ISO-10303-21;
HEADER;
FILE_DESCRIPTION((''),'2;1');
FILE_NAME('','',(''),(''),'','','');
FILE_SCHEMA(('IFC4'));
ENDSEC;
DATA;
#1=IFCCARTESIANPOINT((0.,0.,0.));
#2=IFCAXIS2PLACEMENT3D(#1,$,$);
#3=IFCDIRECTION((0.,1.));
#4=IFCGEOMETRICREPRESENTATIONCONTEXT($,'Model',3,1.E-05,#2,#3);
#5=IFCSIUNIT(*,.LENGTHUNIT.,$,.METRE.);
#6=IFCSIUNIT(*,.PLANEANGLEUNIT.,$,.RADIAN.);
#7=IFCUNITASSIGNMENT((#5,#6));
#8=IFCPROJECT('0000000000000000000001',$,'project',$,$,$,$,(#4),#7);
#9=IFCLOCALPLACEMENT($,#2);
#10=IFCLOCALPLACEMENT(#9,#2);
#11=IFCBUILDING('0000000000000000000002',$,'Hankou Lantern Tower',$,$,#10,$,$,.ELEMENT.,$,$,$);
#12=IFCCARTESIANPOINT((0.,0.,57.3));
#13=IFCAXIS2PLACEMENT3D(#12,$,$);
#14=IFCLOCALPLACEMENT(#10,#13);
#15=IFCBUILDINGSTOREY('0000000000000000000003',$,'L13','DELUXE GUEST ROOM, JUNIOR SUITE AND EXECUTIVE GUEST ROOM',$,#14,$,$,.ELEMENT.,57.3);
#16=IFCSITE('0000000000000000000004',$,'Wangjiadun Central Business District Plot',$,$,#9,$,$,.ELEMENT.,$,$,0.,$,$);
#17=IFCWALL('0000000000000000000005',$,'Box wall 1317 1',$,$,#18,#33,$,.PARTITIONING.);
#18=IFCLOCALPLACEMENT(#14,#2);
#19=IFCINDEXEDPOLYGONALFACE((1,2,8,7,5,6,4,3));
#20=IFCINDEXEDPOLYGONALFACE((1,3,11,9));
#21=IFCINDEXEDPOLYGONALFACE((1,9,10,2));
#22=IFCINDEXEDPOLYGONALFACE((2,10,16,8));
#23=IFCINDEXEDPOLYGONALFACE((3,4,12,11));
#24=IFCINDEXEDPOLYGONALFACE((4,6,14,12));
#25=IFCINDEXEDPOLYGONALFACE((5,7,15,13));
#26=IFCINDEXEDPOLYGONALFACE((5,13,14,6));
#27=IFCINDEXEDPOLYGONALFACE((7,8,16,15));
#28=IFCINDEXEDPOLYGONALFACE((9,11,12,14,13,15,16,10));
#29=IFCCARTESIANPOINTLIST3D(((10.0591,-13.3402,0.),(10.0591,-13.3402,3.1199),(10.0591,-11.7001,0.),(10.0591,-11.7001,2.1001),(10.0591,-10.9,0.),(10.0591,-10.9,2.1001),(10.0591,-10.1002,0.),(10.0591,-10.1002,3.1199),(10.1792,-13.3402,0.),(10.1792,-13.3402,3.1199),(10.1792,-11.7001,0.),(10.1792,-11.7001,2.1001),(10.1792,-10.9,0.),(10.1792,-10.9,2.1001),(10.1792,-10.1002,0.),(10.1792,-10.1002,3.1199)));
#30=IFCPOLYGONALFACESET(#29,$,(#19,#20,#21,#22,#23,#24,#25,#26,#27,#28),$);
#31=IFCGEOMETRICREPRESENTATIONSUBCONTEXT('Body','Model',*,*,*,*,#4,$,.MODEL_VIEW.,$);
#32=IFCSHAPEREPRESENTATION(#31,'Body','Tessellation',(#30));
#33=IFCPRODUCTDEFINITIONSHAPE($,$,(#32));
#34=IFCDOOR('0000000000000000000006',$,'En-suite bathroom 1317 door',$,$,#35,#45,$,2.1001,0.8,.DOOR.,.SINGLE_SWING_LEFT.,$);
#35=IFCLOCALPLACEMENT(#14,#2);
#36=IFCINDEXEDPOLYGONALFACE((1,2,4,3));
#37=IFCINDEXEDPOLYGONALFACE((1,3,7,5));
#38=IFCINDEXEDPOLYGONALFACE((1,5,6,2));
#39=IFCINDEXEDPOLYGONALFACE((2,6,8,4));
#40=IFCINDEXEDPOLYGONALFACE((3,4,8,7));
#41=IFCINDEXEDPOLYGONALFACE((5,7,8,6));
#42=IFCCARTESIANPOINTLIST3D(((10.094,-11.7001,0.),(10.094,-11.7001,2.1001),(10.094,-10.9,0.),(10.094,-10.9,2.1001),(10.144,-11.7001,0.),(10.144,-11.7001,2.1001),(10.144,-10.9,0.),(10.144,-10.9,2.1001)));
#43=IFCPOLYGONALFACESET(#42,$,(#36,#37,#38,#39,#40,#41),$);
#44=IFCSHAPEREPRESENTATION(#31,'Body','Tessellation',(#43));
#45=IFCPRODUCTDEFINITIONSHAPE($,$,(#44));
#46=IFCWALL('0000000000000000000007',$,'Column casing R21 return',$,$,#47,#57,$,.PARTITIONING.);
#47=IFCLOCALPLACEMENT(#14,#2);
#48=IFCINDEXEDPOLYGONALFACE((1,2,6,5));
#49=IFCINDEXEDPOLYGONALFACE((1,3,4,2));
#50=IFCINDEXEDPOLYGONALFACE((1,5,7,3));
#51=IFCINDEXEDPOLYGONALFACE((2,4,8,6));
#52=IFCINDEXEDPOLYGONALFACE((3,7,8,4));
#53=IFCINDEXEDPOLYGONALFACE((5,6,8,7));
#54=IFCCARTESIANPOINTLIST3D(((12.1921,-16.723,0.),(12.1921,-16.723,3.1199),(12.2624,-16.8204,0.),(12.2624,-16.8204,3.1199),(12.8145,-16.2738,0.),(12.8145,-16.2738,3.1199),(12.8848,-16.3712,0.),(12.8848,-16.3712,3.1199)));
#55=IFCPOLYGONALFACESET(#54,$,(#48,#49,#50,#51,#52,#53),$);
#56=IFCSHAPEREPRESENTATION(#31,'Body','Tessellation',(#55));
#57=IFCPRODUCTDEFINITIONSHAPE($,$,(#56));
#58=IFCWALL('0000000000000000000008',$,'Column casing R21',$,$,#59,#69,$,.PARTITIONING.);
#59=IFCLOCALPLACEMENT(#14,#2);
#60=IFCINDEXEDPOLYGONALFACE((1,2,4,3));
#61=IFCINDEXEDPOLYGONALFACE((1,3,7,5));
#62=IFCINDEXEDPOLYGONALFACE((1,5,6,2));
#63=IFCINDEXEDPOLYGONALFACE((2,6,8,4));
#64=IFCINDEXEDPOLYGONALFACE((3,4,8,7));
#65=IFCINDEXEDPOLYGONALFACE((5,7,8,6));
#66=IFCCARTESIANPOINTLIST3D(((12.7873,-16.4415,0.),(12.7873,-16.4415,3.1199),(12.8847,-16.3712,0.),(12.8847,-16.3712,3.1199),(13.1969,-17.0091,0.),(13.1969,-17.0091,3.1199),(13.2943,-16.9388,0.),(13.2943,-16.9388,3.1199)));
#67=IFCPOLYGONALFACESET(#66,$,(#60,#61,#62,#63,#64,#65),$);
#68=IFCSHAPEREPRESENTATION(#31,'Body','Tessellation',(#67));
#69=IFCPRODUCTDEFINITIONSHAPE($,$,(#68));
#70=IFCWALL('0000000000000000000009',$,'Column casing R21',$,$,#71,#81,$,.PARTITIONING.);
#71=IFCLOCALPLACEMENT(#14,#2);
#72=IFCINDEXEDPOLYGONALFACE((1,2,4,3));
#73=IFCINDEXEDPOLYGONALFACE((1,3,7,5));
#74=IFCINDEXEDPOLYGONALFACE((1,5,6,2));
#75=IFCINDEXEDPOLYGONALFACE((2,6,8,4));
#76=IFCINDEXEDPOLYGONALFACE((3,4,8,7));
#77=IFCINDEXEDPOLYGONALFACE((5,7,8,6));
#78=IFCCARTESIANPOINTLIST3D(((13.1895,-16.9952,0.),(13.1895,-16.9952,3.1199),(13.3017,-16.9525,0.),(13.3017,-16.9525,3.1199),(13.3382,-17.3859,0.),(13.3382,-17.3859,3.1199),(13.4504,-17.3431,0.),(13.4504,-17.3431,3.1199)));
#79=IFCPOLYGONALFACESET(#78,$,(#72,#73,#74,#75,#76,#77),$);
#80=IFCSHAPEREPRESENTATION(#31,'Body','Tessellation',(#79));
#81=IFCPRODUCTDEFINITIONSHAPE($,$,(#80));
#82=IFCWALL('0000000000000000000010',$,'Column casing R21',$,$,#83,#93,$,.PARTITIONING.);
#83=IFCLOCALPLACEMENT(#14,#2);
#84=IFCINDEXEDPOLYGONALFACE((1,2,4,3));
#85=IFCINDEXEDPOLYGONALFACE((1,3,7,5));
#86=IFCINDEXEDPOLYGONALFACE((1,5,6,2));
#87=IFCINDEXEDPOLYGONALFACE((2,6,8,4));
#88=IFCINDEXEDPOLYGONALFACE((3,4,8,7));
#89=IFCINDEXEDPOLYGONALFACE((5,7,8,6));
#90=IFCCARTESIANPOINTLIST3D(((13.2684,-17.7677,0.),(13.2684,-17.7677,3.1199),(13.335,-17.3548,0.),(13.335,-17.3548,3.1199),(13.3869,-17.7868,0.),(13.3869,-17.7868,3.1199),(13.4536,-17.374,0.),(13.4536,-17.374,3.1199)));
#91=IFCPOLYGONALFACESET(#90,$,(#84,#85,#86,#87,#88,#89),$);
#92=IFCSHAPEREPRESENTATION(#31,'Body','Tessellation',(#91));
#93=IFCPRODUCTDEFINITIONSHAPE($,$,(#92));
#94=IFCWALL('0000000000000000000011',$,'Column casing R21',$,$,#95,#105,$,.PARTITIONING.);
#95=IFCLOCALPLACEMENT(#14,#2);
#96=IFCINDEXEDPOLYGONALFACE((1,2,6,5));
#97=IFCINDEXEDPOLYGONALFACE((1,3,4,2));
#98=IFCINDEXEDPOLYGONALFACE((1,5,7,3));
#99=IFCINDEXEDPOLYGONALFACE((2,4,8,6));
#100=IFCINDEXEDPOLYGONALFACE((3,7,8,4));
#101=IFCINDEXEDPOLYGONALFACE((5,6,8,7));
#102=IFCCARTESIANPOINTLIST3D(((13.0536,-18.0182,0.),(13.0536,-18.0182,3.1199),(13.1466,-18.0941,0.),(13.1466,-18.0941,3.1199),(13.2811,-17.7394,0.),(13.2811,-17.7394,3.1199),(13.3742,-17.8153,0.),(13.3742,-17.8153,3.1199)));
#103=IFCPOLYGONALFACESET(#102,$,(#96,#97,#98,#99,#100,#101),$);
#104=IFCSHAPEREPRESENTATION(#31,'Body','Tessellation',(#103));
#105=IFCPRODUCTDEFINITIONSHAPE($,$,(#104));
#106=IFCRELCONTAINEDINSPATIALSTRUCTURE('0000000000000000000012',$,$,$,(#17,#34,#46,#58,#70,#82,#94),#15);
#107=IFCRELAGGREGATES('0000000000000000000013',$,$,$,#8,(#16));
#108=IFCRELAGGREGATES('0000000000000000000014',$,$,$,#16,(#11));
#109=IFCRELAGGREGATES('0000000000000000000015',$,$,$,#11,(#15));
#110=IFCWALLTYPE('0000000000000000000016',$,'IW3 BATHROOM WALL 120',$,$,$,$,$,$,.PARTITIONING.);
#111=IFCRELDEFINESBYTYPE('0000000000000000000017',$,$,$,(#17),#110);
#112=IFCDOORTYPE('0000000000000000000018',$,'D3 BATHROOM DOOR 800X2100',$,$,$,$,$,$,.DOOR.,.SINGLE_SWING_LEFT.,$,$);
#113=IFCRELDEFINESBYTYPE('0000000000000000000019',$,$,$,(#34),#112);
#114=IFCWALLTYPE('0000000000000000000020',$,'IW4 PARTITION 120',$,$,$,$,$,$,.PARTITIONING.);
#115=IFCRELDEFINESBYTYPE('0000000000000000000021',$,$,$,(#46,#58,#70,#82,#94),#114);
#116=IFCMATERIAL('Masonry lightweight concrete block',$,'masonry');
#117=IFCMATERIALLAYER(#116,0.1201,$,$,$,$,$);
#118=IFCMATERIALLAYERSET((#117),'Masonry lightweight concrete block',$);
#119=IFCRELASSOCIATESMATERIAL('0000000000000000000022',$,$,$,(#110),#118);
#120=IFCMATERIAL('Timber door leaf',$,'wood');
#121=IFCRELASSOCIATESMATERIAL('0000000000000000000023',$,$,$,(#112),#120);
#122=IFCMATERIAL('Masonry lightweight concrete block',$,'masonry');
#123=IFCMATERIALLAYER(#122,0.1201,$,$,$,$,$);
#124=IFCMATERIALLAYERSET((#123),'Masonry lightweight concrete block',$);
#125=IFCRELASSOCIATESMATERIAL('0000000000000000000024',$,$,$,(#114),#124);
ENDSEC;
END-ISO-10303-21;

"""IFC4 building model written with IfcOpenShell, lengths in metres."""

from ifc_helpers import new_model, si_unit, direction, frame, frame_2d, origin, place, context, subcontext, project, spatial, rectangle, extrude, material, layer, layer_set, type_object, element, fill, save


model = new_model("IFC4")

# Units and contexts
model_context = context("Model", 3, precision=1e-05, world=origin(), true_north=direction((0.0, 1.0)))
body_context = subcontext(model_context, "Body", "Model", "MODEL_VIEW")
ifc_project = project(units=[si_unit("LENGTHUNIT", "METRE"), si_unit("PLANEANGLEUNIT", "RADIAN")], contexts=[model_context])

# Site, building, storey
site_placement = place(None, origin())
site = spatial("IfcSite", under=ifc_project, at=site_placement, Name="Wangjiadun Central Business District Plot", CompositionType="ELEMENT", RefElevation=0.0)
building_placement = place(site_placement, origin())
building = spatial("IfcBuilding", under=site, at=building_placement, Name="Hankou Lantern Tower", CompositionType="ELEMENT")
storey_placement = place(building_placement, frame((0.0, 0.0, 57.3)))
storey = spatial("IfcBuildingStorey", under=building, at=storey_placement, Name="L13", Description="DELUXE GUEST ROOM, JUNIOR SUITE AND EXECUTIVE GUEST ROOM", CompositionType="ELEMENT", Elevation=57.3)

# Shared definitions
ifc_material_1 = material(Name="Masonry lightweight concrete block", Category="masonry")
ifc_layer_1 = layer(ifc_material_1, 0.1201)
ifc_layer_set_1 = layer_set([ifc_layer_1], Name="Masonry lightweight concrete block")
wall_type_1 = type_object("IfcWallType", Name="IW3 BATHROOM WALL 120", PredefinedType="PARTITIONING", material=ifc_layer_set_1)

# Wall, opening, door
wall_1_placement = place(storey_placement, frame((10.1191, -10.1001, 0.0), z_axis=(0.0, 0.0, 1.0), x_axis=(0.0, -1.0, 0.0)))
wall_1 = element("IfcWall", 1, at=wall_1_placement, inside=storey, type_object=wall_type_1, Name="Box wall 1317 1", PredefinedType="PARTITIONING", context=body_context, shape_type="SweptSolid", body=[
    extrude(rectangle(XDim=3.24, YDim=0.1201, at=frame_2d((1.6201, 0.0))), origin(), (0.0, 0.0, 1.0), 3.1199),
])
opening_1_placement = place(wall_1_placement, frame((0.8, 0.0, 0.0)))
opening_1 = element("IfcOpeningElement", 2, at=opening_1_placement, cuts=wall_1, PredefinedType="OPENING", context=body_context, shape_type="SweptSolid", body=[
    extrude(rectangle(XDim=0.8, YDim=2.1001, at=frame_2d((0.3999, 1.05))), frame((0.0, 0.0701, 0.0), z_axis=(0.0, -1.0, 0.0), x_axis=(1.0, 0.0, 0.0)), (0.0, 0.0, 1.0), 0.1401),
])
ifc_material_2 = material(Name="Timber door leaf", Category="wood")
door_type_1 = type_object("IfcDoorType", Name="D3 BATHROOM DOOR 800X2100", OperationType="SINGLE_SWING_LEFT", PredefinedType="DOOR", material=ifc_material_2)
door_1_placement = place(opening_1_placement, origin())
door_1 = element("IfcDoor", 3, at=door_1_placement, inside=storey, type_object=door_type_1, Name="En-suite bathroom 1317 door", OperationType="SINGLE_SWING_LEFT", OverallHeight=2.1001, OverallWidth=0.8, PredefinedType="DOOR", context=body_context, shape_type="SweptSolid", body=[
    extrude(rectangle(XDim=0.8, YDim=2.1001, at=frame_2d((0.3999, 1.05))), frame((0.0, 0.0249, 0.0), z_axis=(0.0, -1.0, 0.0), x_axis=(1.0, 0.0, 0.0)), (0.0, 0.0, 1.0), 0.05),
])
fill(opening_1, door_1)

# Walls
ifc_material_3 = material(Name="Masonry lightweight concrete block", Category="masonry")
ifc_layer_2 = layer(ifc_material_3, 0.1201)
ifc_layer_set_2 = layer_set([ifc_layer_2], Name="Masonry lightweight concrete block")
wall_type_2 = type_object("IfcWallType", Name="IW4 PARTITION 120", PredefinedType="PARTITIONING", material=ifc_layer_set_2)
wall_2_placement = place(storey_placement, frame((12.2273, -16.7717, 0.0), z_axis=(0.0, 0.0, 1.0), x_axis=(0.810822, 0.585293, 0.0)))
element("IfcWall", 4, at=wall_2_placement, inside=storey, type_object=wall_type_2, Name="Column casing R21 return", PredefinedType="PARTITIONING", context=body_context, shape_type="SweptSolid", body=[
    extrude(rectangle(XDim=0.7676, YDim=0.1201, at=frame_2d((0.3838, 0.0))), origin(), (0.0, 0.0, 1.0), 3.1199),
])
wall_3_placement = place(storey_placement, frame((12.8359, -16.4062, 0.0), z_axis=(0.0, 0.0, 1.0), x_axis=(0.585223, -0.810872, 0.0)))
element("IfcWall", 5, at=wall_3_placement, inside=storey, type_object=wall_type_2, Name="Column casing R21", PredefinedType="PARTITIONING", context=body_context, shape_type="SweptSolid", body=[
    extrude(rectangle(XDim=0.7, YDim=0.1201, at=frame_2d((0.3501, 0.0))), origin(), (0.0, 0.0, 1.0), 3.1199),
])
wall_4_placement = place(storey_placement, frame((13.2456, -16.9739, 0.0), z_axis=(0.0, 0.0, 1.0), x_axis=(0.355728, -0.934589, 0.0)))
element("IfcWall", 6, at=wall_4_placement, inside=storey, type_object=wall_type_2, Name="Column casing R21", PredefinedType="PARTITIONING", context=body_context, shape_type="SweptSolid", body=[
    extrude(rectangle(XDim=0.418, YDim=0.1201, at=frame_2d((0.209, 0.0))), origin(), (0.0, 0.0, 1.0), 3.1199),
])
wall_5_placement = place(storey_placement, frame((13.3943, -17.3645, 0.0), z_axis=(0.0, 0.0, 1.0), x_axis=(-0.159379, -0.987217, 0.0)))
element("IfcWall", 7, at=wall_5_placement, inside=storey, type_object=wall_type_2, Name="Column casing R21", PredefinedType="PARTITIONING", context=body_context, shape_type="SweptSolid", body=[
    extrude(rectangle(XDim=0.4182, YDim=0.1201, at=frame_2d((0.209, 0.0))), origin(), (0.0, 0.0, 1.0), 3.1199),
])
wall_6_placement = place(storey_placement, frame((13.3276, -17.7773, 0.0), z_axis=(0.0, 0.0, 1.0), x_axis=(-0.632277, -0.774743, 0.0)))
element("IfcWall", 8, at=wall_6_placement, inside=storey, type_object=wall_type_2, Name="Column casing R21", PredefinedType="PARTITIONING", context=body_context, shape_type="SweptSolid", body=[
    extrude(rectangle(XDim=0.3599, YDim=0.1201, at=frame_2d((0.1799, 0.0))), origin(), (0.0, 0.0, 1.0), 3.1199),
])

save(model, "model.ifc")
